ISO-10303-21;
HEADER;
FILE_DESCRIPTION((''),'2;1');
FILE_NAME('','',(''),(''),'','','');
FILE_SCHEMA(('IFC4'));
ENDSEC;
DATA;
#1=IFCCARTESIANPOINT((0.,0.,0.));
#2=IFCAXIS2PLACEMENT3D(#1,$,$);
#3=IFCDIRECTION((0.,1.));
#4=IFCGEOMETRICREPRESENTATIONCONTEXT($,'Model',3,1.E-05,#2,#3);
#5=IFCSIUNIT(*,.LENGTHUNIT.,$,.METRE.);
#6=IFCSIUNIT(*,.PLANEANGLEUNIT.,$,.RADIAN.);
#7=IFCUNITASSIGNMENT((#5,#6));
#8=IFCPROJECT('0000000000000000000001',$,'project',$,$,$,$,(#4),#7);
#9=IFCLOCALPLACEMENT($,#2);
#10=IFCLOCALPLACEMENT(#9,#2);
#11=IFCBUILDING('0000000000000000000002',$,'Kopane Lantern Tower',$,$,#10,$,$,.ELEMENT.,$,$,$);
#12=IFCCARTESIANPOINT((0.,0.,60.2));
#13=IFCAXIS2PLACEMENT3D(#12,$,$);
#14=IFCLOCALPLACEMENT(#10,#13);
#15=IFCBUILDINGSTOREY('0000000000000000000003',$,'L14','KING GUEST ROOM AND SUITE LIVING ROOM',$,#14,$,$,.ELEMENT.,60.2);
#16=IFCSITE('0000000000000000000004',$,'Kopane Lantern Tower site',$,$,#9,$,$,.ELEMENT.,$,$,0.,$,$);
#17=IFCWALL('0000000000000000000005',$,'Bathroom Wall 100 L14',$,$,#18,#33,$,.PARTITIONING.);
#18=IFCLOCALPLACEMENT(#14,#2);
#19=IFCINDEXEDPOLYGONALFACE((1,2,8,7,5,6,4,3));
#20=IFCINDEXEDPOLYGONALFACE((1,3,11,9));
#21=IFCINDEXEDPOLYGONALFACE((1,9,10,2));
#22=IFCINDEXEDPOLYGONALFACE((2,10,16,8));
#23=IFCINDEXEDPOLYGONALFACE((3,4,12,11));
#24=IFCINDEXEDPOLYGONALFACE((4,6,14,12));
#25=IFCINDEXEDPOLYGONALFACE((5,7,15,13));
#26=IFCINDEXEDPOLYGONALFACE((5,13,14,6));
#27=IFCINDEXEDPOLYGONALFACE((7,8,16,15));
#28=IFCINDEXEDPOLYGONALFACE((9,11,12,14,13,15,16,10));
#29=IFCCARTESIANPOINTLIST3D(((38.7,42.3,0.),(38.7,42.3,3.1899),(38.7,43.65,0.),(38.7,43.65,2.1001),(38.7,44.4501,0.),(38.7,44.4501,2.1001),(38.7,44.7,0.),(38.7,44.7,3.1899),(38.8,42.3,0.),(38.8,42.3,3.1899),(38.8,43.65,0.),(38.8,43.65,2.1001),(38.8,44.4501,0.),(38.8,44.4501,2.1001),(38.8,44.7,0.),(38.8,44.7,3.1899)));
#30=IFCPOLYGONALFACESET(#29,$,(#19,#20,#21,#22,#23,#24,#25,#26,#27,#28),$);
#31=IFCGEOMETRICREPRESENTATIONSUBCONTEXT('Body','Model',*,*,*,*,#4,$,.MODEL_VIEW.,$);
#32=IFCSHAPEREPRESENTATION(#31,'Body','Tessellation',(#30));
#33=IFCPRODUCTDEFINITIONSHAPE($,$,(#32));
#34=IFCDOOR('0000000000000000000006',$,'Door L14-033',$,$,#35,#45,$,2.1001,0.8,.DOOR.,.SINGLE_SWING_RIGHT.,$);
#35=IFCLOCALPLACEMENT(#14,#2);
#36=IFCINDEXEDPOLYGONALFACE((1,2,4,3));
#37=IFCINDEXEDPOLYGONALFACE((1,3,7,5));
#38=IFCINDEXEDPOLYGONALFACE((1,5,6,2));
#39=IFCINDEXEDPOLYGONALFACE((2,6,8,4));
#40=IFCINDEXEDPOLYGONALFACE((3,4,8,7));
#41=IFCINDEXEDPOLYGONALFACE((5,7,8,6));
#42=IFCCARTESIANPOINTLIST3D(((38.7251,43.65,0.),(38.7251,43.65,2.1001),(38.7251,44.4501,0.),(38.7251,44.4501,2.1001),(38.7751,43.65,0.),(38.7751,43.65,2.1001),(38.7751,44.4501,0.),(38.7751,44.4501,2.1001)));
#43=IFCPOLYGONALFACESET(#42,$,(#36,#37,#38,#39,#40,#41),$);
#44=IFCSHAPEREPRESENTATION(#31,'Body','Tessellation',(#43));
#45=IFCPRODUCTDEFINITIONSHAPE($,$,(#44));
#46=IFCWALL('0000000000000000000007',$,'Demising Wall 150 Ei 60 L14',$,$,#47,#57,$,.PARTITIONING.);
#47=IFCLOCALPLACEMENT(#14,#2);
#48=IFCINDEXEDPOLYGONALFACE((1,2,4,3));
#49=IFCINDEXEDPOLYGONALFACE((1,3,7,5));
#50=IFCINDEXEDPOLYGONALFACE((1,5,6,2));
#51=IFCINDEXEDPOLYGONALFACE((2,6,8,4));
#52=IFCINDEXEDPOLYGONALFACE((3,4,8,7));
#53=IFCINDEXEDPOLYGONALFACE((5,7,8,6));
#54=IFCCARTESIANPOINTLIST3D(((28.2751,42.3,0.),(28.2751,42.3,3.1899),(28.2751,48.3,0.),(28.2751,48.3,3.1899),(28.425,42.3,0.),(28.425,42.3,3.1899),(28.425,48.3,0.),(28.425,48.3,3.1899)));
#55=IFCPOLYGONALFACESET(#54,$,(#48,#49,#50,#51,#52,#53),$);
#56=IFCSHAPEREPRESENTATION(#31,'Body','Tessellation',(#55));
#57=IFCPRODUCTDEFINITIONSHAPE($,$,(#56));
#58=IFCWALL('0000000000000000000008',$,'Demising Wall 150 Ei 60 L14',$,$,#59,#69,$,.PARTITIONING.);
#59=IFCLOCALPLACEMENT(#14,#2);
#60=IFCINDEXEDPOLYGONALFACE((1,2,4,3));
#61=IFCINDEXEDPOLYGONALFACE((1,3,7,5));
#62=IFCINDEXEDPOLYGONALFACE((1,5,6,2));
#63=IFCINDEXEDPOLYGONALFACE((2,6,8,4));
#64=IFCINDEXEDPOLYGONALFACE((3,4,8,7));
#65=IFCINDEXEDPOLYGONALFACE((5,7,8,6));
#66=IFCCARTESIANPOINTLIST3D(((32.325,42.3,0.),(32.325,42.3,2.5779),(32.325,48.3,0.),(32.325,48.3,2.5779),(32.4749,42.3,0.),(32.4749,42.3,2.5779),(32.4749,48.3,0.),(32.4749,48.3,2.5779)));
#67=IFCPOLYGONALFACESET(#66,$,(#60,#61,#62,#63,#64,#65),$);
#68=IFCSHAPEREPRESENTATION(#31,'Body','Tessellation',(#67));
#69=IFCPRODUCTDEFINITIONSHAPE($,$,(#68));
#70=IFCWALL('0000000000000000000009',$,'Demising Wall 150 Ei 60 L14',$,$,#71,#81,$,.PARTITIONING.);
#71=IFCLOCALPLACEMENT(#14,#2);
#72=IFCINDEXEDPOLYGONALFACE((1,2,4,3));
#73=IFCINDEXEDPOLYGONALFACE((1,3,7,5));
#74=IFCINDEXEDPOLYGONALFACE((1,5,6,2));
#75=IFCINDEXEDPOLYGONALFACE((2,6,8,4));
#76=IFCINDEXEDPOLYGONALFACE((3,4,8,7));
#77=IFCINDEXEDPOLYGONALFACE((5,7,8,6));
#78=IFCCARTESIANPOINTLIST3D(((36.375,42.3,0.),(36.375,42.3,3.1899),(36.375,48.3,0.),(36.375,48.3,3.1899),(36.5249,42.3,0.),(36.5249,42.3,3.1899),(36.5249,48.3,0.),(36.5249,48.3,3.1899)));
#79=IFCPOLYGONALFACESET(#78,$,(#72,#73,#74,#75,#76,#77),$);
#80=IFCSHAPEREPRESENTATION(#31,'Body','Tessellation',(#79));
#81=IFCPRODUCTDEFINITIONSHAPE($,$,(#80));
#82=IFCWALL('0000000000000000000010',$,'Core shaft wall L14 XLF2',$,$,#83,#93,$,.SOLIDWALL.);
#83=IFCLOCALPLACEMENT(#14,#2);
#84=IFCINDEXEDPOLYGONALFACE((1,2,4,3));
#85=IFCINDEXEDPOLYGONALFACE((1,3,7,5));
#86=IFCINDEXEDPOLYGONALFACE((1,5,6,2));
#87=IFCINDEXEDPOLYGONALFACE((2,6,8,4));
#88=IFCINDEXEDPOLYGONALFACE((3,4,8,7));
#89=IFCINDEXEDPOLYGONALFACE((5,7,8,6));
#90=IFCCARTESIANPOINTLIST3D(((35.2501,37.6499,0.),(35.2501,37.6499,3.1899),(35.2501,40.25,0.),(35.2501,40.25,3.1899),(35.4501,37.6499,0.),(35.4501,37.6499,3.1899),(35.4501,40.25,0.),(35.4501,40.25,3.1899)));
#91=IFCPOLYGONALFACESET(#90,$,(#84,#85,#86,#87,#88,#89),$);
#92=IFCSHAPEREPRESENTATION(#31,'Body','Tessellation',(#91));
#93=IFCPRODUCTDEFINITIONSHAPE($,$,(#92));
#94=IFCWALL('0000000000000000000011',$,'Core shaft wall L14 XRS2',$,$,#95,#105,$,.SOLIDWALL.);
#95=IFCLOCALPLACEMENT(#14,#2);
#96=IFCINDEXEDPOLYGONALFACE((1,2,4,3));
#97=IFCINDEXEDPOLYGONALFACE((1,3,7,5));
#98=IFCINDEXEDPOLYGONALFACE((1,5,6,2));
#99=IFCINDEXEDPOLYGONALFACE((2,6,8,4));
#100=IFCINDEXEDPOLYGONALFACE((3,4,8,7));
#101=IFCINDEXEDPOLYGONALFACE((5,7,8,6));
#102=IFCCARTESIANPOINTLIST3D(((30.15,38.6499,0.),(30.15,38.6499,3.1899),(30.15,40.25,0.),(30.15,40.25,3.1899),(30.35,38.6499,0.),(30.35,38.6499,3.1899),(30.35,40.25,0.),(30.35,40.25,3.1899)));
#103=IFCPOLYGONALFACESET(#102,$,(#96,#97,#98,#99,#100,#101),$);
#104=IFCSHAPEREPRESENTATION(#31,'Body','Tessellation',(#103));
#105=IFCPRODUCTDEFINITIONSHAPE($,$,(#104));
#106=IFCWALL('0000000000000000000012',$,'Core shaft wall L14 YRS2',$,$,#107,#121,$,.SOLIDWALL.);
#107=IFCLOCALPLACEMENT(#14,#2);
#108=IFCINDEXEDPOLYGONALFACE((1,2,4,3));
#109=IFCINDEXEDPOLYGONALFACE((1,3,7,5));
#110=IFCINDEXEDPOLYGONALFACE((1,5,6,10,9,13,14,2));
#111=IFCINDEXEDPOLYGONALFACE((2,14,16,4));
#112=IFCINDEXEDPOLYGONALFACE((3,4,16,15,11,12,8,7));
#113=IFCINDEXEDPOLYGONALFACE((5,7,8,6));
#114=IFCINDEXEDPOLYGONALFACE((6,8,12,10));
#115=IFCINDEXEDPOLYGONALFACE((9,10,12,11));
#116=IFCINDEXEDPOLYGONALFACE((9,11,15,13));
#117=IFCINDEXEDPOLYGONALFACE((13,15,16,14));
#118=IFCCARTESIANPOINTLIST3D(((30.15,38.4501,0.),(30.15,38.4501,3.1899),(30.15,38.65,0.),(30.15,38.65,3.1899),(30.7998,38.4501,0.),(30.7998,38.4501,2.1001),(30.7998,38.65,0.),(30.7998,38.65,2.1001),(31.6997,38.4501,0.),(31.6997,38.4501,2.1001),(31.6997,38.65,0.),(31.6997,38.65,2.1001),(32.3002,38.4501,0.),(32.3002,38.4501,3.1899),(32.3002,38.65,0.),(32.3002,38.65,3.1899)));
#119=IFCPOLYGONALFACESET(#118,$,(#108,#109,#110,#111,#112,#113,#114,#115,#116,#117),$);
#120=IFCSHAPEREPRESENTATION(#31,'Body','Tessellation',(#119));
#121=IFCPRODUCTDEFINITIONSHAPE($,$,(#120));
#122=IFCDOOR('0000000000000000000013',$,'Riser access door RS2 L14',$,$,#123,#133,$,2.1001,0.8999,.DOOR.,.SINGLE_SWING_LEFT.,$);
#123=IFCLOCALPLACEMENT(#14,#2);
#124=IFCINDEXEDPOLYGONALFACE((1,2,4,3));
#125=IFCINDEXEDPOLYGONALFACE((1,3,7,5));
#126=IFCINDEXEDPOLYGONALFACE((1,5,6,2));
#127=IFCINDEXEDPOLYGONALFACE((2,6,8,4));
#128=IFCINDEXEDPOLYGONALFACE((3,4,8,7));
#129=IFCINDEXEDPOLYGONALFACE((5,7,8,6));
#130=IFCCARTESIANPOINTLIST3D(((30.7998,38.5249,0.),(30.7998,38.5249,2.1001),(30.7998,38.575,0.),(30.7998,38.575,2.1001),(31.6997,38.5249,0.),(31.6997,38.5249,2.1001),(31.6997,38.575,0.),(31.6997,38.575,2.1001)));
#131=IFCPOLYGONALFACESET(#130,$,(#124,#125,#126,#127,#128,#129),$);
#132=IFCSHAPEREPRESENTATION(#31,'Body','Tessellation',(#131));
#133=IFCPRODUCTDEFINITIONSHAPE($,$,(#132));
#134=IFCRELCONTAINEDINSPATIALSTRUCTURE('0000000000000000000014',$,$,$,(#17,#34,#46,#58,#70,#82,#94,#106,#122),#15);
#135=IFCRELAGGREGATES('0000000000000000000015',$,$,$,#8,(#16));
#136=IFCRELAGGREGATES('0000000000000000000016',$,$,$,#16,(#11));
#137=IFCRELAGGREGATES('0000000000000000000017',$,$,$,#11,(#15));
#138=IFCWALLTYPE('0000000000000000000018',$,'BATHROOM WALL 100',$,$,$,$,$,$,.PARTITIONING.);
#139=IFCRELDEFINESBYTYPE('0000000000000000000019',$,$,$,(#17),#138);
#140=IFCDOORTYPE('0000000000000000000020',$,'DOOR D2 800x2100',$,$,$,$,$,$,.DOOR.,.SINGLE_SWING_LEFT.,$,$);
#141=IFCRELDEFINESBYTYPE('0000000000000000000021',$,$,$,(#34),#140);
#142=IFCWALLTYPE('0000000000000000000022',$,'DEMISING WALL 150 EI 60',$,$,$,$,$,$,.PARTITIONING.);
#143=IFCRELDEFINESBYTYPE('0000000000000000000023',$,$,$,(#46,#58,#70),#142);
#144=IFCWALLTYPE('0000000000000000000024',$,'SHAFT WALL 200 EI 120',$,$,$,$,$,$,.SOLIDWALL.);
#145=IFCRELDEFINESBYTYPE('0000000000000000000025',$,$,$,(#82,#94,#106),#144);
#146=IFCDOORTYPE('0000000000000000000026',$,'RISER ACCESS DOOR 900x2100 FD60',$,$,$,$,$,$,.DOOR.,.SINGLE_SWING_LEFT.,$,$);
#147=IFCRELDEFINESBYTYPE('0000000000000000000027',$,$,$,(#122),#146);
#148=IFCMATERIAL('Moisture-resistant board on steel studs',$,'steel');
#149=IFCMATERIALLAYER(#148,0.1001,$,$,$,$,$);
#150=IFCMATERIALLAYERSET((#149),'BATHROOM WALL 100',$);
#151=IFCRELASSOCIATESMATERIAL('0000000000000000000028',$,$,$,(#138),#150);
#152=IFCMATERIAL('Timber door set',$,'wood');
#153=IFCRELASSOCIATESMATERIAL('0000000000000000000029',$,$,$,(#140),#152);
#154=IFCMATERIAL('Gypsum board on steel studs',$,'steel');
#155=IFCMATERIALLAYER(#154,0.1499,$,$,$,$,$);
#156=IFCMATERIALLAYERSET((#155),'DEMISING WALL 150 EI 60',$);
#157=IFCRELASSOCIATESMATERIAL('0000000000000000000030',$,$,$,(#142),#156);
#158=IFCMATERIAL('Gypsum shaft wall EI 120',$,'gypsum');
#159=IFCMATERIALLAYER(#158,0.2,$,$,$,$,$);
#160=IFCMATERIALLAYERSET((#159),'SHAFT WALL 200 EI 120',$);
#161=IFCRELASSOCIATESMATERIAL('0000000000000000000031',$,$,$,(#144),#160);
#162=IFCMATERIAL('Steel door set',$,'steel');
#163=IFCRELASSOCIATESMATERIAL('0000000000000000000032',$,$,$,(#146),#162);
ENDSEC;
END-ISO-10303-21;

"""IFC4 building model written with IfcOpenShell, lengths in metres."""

from ifc_helpers import new_model, si_unit, direction, frame, frame_2d, origin, place, context, subcontext, project, spatial, rectangle, extrude, material, layer, layer_set, type_object, element, fill, save


model = new_model("IFC4")

# Units and contexts
model_context = context("Model", 3, precision=1e-05, world=origin(), true_north=direction((0.0, 1.0)))
body_context = subcontext(model_context, "Body", "Model", "MODEL_VIEW")
ifc_project = project(units=[si_unit("LENGTHUNIT", "METRE"), si_unit("PLANEANGLEUNIT", "RADIAN")], contexts=[model_context])

# Site, building, storey
site_placement = place(None, origin())
site = spatial("IfcSite", under=ifc_project, at=site_placement, Name="Kopane Lantern Tower site", CompositionType="ELEMENT", RefElevation=0.0)
building_placement = place(site_placement, origin())
building = spatial("IfcBuilding", under=site, at=building_placement, Name="Kopane Lantern Tower", CompositionType="ELEMENT")
storey_placement = place(building_placement, frame((0.0, 0.0, 60.2)))
storey = spatial("IfcBuildingStorey", under=building, at=storey_placement, Name="L14", Description="KING GUEST ROOM AND SUITE LIVING ROOM", CompositionType="ELEMENT", Elevation=60.2)

# Shared definitions
ifc_material_1 = material(Name="Moisture-resistant board on steel studs", Category="steel")
ifc_layer_1 = layer(ifc_material_1, 0.1001)
ifc_layer_set_1 = layer_set([ifc_layer_1], Name="BATHROOM WALL 100")
wall_type_1 = type_object("IfcWallType", Name="BATHROOM WALL 100", PredefinedType="PARTITIONING", material=ifc_layer_set_1)
ifc_material_2 = material(Name="Timber door set", Category="wood")
door_type_1 = type_object("IfcDoorType", Name="DOOR D2 800x2100", OperationType="SINGLE_SWING_LEFT", PredefinedType="DOOR", material=ifc_material_2)

# Wall, opening, door
wall_1_placement = place(storey_placement, frame((38.75, 42.3, 0.0), z_axis=(0.0, 0.0, 1.0), x_axis=(0.0, 1.0, 0.0)))
wall_1 = element("IfcWall", 1, at=wall_1_placement, inside=storey, type_object=wall_type_1, Name="Bathroom Wall 100 L14", PredefinedType="PARTITIONING", context=body_context, shape_type="SweptSolid", body=[
    extrude(rectangle(XDim=2.3999, YDim=0.1001, at=frame_2d((1.2, 0.0))), origin(), (0.0, 0.0, 1.0), 3.1899),
])
opening_1_placement = place(wall_1_placement, frame((1.3501, 0.0, 0.0)))
opening_1 = element("IfcOpeningElement", 2, at=opening_1_placement, cuts=wall_1, PredefinedType="OPENING", context=body_context, shape_type="SweptSolid", body=[
    extrude(rectangle(XDim=0.8, YDim=2.1001, at=frame_2d((0.3999, 1.05))), frame((0.0, 0.0601, 0.0), z_axis=(0.0, -1.0, 0.0), x_axis=(1.0, 0.0, 0.0)), (0.0, 0.0, 1.0), 0.1201),
])
door_1_placement = place(opening_1_placement, origin())
door_1 = element("IfcDoor", 3, at=door_1_placement, inside=storey, type_object=door_type_1, Name="Door L14-033", OperationType="SINGLE_SWING_RIGHT", OverallHeight=2.1001, OverallWidth=0.8, PredefinedType="DOOR", context=body_context, shape_type="SweptSolid", body=[
    extrude(rectangle(XDim=0.8, YDim=2.1001, at=frame_2d((0.3999, 1.05))), frame((0.0, 0.0249, 0.0), z_axis=(0.0, -1.0, 0.0), x_axis=(1.0, 0.0, 0.0)), (0.0, 0.0, 1.0), 0.05),
])
fill(opening_1, door_1)

# Walls
ifc_material_3 = material(Name="Gypsum board on steel studs", Category="steel")
ifc_layer_2 = layer(ifc_material_3, 0.1499)
ifc_layer_set_2 = layer_set([ifc_layer_2], Name="DEMISING WALL 150 EI 60")
wall_type_2 = type_object("IfcWallType", Name="DEMISING WALL 150 EI 60", PredefinedType="PARTITIONING", material=ifc_layer_set_2)
wall_2_placement = place(storey_placement, frame((28.3501, 42.3, 0.0), z_axis=(0.0, 0.0, 1.0), x_axis=(0.0, 1.0, 0.0)))
element("IfcWall", 4, at=wall_2_placement, inside=storey, type_object=wall_type_2, Name="Demising Wall 150 Ei 60 L14", PredefinedType="PARTITIONING", context=body_context, shape_type="SweptSolid", body=[
    extrude(rectangle(XDim=6.0, YDim=0.1499, at=frame_2d((3.0, 0.0))), origin(), (0.0, 0.0, 1.0), 3.1899),
])
wall_3_placement = place(storey_placement, frame((32.3999, 42.3, 0.0), z_axis=(0.0, 0.0, 1.0), x_axis=(0.0, 1.0, 0.0)))
element("IfcWall", 5, at=wall_3_placement, inside=storey, type_object=wall_type_2, Name="Demising Wall 150 Ei 60 L14", PredefinedType="PARTITIONING", context=body_context, shape_type="SweptSolid", body=[
    extrude(rectangle(XDim=6.0, YDim=0.1499, at=frame_2d((3.0, 0.0))), origin(), (0.0, 0.0, 1.0), 2.5779),
])
wall_4_placement = place(storey_placement, frame((36.45, 42.3, 0.0), z_axis=(0.0, 0.0, 1.0), x_axis=(0.0, 1.0, 0.0)))
element("IfcWall", 6, at=wall_4_placement, inside=storey, type_object=wall_type_2, Name="Demising Wall 150 Ei 60 L14", PredefinedType="PARTITIONING", context=body_context, shape_type="SweptSolid", body=[
    extrude(rectangle(XDim=6.0, YDim=0.1499, at=frame_2d((3.0, 0.0))), origin(), (0.0, 0.0, 1.0), 3.1899),
])
ifc_material_4 = material(Name="Gypsum shaft wall EI 120", Category="gypsum")
ifc_layer_3 = layer(ifc_material_4, 0.2)
ifc_layer_set_3 = layer_set([ifc_layer_3], Name="SHAFT WALL 200 EI 120")
wall_type_3 = type_object("IfcWallType", Name="SHAFT WALL 200 EI 120", PredefinedType="SOLIDWALL", material=ifc_layer_set_3)
wall_5_placement = place(storey_placement, frame((35.3501, 37.6499, 0.0), z_axis=(0.0, 0.0, 1.0), x_axis=(0.0, 1.0, 0.0)))
element("IfcWall", 7, at=wall_5_placement, inside=storey, type_object=wall_type_3, Name="Core shaft wall L14 XLF2", PredefinedType="SOLIDWALL", context=body_context, shape_type="SweptSolid", body=[
    extrude(rectangle(XDim=2.6001, YDim=0.2, at=frame_2d((1.3, 0.0))), origin(), (0.0, 0.0, 1.0), 3.1899),
])
wall_6_placement = place(storey_placement, frame((30.25, 38.6499, 0.0), z_axis=(0.0, 0.0, 1.0), x_axis=(0.0, 1.0, 0.0)))
element("IfcWall", 8, at=wall_6_placement, inside=storey, type_object=wall_type_3, Name="Core shaft wall L14 XRS2", PredefinedType="SOLIDWALL", context=body_context, shape_type="SweptSolid", body=[
    extrude(rectangle(XDim=1.6001, YDim=0.2, at=frame_2d((0.8, 0.0))), origin(), (0.0, 0.0, 1.0), 3.1899),
])

# Wall, opening, door
wall_7_placement = place(storey_placement, frame((30.1499, 38.55, 0.0), z_axis=(0.0, 0.0, 1.0), x_axis=(1.0, 0.0, 0.0)))
wall_7 = element("IfcWall", 9, at=wall_7_placement, inside=storey, type_object=wall_type_3, Name="Core shaft wall L14 YRS2", PredefinedType="SOLIDWALL", context=body_context, shape_type="SweptSolid", body=[
    extrude(rectangle(XDim=2.1501, YDim=0.2, at=frame_2d((1.0752, 0.0))), origin(), (0.0, 0.0, 1.0), 3.1899),
])
opening_2_placement = place(wall_7_placement, frame((0.6499, 0.0, 0.0)))
opening_2 = element("IfcOpeningElement", 10, at=opening_2_placement, cuts=wall_7, PredefinedType="OPENING", context=body_context, shape_type="SweptSolid", body=[
    extrude(rectangle(XDim=0.8999, YDim=2.1001, at=frame_2d((0.45, 1.05))), frame((0.0, 0.1099, 0.0), z_axis=(0.0, -1.0, 0.0), x_axis=(1.0, 0.0, 0.0)), (0.0, 0.0, 1.0), 0.22),
])
ifc_material_5 = material(Name="Steel door set", Category="steel")
door_type_2 = type_object("IfcDoorType", Name="RISER ACCESS DOOR 900x2100 FD60", OperationType="SINGLE_SWING_LEFT", PredefinedType="DOOR", material=ifc_material_5)
door_2_placement = place(opening_2_placement, origin())
door_2 = element("IfcDoor", 11, at=door_2_placement, inside=storey, type_object=door_type_2, Name="Riser access door RS2 L14", OperationType="SINGLE_SWING_LEFT", OverallHeight=2.1001, OverallWidth=0.8999, PredefinedType="DOOR", context=body_context, shape_type="SweptSolid", body=[
    extrude(rectangle(XDim=0.8999, YDim=2.1001, at=frame_2d((0.45, 1.05))), frame((0.0, 0.0249, 0.0), z_axis=(0.0, -1.0, 0.0), x_axis=(1.0, 0.0, 0.0)), (0.0, 0.0, 1.0), 0.05),
])
fill(opening_2, door_2)

save(model, "model.ifc")
